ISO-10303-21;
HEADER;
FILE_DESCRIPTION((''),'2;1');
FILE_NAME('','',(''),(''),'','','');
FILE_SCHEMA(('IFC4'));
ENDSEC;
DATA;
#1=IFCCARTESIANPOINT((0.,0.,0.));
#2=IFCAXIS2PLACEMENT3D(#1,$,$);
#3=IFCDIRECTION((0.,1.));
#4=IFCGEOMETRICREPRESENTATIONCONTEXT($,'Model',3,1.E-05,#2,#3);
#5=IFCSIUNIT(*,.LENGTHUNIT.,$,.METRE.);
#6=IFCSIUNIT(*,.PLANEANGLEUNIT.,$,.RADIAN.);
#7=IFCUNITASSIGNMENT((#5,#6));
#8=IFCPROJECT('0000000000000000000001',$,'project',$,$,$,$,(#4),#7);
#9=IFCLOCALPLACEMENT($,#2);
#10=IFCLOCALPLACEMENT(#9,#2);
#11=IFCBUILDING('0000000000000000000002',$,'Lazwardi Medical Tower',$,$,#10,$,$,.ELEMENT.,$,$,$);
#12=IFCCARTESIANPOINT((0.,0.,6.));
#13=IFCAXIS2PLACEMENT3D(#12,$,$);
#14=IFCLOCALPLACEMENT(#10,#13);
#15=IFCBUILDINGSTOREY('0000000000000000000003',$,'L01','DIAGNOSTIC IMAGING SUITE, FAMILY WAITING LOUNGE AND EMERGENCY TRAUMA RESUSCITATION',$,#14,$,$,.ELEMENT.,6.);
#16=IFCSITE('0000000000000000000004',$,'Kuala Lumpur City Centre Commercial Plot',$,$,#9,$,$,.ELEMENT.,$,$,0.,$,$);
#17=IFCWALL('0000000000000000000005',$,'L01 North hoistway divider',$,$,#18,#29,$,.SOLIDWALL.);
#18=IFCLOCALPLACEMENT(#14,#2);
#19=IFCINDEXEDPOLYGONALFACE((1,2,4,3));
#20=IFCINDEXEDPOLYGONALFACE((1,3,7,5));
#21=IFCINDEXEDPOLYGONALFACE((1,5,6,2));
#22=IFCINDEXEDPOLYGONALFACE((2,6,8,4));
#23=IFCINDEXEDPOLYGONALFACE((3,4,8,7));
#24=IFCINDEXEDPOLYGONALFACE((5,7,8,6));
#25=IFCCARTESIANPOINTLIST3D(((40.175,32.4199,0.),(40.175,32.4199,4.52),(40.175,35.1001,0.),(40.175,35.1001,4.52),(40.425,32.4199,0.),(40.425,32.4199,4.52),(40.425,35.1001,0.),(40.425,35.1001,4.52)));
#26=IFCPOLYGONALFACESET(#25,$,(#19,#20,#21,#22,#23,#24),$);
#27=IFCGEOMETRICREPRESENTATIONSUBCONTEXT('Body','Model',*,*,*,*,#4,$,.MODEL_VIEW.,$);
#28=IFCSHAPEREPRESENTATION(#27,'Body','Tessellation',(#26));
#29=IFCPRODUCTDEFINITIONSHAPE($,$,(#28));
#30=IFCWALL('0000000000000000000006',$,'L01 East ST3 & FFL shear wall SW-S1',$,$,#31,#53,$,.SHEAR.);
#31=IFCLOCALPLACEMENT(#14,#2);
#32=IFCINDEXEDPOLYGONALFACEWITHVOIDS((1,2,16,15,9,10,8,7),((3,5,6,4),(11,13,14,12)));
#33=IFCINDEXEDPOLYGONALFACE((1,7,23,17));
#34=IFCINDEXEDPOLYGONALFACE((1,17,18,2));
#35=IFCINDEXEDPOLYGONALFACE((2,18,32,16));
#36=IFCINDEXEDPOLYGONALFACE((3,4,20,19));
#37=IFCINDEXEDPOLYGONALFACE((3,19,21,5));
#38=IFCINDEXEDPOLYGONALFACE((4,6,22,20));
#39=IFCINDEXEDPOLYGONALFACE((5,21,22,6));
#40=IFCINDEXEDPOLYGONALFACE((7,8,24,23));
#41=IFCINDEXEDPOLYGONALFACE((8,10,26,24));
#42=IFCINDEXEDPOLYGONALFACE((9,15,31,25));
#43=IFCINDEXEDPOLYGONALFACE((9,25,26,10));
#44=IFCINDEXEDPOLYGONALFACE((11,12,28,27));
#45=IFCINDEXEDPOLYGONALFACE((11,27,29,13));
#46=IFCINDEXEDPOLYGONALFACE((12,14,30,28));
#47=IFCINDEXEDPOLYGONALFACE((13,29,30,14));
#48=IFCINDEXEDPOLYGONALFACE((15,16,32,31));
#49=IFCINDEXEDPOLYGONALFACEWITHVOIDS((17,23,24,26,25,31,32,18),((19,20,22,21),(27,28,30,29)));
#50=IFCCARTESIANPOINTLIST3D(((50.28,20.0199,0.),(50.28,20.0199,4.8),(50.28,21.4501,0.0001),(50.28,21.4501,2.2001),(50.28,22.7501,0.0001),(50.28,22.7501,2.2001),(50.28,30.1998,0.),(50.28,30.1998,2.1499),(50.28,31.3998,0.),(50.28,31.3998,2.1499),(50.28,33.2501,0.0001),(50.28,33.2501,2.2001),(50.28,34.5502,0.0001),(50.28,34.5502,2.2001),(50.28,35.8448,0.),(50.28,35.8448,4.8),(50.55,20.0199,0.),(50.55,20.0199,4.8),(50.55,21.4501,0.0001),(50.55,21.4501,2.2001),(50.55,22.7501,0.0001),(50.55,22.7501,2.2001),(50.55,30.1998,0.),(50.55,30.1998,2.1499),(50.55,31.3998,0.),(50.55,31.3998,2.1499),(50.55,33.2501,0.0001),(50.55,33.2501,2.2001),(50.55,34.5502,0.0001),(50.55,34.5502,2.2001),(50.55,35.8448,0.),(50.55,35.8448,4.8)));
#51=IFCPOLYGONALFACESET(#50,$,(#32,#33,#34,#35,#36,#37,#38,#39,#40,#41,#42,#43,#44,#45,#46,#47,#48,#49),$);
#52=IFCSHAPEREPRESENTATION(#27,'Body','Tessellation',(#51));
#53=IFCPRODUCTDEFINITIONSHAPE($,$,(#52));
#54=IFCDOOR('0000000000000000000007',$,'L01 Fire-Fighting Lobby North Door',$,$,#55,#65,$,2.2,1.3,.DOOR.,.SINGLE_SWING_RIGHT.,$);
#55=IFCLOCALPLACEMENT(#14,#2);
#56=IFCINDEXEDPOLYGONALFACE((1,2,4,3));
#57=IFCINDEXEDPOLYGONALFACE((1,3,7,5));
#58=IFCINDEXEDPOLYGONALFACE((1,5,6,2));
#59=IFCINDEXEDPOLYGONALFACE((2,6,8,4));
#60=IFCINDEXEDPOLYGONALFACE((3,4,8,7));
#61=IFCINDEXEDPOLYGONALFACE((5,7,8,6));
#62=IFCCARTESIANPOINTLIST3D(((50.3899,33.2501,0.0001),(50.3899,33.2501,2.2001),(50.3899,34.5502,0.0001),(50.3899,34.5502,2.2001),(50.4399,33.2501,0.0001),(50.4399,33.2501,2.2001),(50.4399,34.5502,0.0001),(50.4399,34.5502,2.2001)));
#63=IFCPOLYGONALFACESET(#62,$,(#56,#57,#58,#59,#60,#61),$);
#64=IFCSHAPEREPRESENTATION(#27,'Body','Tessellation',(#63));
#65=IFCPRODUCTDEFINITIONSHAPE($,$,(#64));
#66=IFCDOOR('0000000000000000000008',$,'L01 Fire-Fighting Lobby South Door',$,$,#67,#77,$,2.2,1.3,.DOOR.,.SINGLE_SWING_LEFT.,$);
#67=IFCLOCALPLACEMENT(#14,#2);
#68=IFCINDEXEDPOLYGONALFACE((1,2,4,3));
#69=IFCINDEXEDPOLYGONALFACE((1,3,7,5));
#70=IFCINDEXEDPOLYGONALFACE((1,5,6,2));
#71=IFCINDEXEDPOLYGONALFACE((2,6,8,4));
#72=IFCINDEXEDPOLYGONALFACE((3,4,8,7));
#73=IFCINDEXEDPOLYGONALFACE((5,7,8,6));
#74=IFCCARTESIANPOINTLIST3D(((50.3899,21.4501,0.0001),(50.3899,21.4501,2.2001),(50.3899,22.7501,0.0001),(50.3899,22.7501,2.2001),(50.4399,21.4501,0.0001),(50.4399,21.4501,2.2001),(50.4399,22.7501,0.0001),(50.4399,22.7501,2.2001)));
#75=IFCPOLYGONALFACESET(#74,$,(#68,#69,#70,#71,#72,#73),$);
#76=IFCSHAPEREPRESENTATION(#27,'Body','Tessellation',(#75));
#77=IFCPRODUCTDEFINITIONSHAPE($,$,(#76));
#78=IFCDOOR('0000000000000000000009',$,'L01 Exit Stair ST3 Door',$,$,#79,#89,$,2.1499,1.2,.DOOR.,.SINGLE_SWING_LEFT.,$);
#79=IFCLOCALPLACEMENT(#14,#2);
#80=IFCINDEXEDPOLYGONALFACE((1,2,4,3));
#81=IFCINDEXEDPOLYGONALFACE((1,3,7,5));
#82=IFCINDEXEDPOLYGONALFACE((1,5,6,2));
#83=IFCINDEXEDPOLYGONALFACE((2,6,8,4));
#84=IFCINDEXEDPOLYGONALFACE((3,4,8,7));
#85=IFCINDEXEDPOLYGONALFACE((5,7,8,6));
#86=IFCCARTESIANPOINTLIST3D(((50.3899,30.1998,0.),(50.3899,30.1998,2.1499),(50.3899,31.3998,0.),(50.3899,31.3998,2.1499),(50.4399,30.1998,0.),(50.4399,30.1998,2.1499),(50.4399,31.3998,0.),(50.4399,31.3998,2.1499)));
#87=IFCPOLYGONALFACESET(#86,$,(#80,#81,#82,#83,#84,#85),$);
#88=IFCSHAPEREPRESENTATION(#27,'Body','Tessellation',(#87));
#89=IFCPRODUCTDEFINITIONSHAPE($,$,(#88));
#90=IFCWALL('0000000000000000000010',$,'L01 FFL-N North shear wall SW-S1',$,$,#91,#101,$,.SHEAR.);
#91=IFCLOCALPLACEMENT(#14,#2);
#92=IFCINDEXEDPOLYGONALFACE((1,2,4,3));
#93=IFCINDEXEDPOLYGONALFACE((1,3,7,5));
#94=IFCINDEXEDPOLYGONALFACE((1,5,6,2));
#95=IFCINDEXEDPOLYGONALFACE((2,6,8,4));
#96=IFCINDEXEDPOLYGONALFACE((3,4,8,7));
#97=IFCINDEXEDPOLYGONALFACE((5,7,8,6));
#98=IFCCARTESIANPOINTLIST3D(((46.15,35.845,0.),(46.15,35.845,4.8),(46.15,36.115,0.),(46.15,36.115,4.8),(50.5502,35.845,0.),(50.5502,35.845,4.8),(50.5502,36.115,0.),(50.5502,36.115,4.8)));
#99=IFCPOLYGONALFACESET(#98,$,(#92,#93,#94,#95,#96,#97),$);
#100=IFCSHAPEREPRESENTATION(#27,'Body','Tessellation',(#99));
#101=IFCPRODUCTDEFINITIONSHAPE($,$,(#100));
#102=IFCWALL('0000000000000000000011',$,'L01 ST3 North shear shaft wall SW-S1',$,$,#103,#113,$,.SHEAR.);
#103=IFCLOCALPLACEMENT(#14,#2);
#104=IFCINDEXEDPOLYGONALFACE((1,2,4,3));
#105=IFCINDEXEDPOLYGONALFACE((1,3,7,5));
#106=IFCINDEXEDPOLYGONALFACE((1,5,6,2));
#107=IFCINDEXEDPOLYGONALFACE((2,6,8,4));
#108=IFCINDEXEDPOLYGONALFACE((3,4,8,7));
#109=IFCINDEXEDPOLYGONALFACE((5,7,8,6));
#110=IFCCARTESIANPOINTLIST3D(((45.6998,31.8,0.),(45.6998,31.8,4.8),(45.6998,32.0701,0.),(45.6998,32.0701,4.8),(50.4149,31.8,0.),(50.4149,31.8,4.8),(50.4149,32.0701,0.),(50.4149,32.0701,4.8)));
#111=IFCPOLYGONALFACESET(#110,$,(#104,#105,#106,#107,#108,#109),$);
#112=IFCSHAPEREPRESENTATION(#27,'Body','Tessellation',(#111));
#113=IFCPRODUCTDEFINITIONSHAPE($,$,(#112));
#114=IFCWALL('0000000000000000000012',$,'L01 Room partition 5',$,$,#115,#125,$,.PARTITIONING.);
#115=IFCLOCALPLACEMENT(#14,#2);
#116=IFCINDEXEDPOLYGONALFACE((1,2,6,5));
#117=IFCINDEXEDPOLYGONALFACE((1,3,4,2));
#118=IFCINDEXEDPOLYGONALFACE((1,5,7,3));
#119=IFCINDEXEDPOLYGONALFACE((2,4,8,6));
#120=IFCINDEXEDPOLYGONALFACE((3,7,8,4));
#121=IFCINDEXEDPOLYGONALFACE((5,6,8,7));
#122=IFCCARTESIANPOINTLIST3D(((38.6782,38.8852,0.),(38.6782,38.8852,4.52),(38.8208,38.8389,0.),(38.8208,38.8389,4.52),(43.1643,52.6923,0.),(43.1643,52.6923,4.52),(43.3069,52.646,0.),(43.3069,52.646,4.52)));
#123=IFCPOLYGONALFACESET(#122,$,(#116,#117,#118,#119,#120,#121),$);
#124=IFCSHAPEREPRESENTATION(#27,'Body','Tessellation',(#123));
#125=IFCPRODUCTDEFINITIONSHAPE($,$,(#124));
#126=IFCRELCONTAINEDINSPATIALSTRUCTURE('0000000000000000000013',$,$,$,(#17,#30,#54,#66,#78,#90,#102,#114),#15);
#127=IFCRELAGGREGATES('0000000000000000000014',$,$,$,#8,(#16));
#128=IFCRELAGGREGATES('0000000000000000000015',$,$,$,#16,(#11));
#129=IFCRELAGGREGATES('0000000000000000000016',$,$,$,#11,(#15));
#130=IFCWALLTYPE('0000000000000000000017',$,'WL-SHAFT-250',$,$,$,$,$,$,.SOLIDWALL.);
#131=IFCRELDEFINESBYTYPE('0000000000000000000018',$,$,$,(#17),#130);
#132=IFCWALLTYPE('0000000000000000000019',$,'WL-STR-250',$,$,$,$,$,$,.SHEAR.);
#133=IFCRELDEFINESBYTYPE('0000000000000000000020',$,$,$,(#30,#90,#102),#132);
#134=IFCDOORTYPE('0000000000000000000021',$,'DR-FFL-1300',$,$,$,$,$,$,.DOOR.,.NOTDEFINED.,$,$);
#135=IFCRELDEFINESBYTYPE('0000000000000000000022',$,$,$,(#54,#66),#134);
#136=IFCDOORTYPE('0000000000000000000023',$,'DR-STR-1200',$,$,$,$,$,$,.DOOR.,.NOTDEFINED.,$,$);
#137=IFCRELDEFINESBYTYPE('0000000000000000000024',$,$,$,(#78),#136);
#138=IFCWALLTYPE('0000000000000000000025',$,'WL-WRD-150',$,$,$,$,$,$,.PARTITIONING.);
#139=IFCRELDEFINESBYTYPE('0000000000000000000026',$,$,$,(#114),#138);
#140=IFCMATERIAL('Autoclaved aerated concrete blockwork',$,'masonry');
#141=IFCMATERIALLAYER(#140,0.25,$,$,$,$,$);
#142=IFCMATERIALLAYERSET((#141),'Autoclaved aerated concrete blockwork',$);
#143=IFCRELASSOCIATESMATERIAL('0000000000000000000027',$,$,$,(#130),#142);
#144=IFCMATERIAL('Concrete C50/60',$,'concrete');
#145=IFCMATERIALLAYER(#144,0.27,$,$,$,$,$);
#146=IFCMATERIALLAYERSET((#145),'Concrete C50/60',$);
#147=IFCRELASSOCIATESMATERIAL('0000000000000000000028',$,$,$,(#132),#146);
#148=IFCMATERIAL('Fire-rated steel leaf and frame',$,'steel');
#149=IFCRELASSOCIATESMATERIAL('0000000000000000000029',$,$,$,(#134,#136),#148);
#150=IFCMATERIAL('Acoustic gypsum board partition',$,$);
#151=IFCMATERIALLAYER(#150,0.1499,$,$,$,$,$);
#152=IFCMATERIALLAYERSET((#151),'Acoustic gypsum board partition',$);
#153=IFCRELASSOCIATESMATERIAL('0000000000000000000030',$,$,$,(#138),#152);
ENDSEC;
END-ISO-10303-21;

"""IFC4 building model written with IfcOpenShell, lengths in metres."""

from ifc_helpers import new_model, si_unit, direction, frame, frame_2d, origin, place, context, subcontext, project, spatial, rectangle, extrude, material, layer, layer_set, type_object, element, fill, save


model = new_model("IFC4")

# Units and contexts
model_context = context("Model", 3, precision=1e-05, world=origin(), true_north=direction((0.0, 1.0)))
body_context = subcontext(model_context, "Body", "Model", "MODEL_VIEW")
ifc_project = project(units=[si_unit("LENGTHUNIT", "METRE"), si_unit("PLANEANGLEUNIT", "RADIAN")], contexts=[model_context])

# Site, building, storey
site_placement = place(None, origin())
site = spatial("IfcSite", under=ifc_project, at=site_placement, Name="Kuala Lumpur City Centre Commercial Plot", CompositionType="ELEMENT", RefElevation=0.0)
building_placement = place(site_placement, origin())
building = spatial("IfcBuilding", under=site, at=building_placement, Name="Lazwardi Medical Tower", CompositionType="ELEMENT")
storey_placement = place(building_placement, frame((0.0, 0.0, 6.0)))
storey = spatial("IfcBuildingStorey", under=building, at=storey_placement, Name="L01", Description="DIAGNOSTIC IMAGING SUITE, FAMILY WAITING LOUNGE AND EMERGENCY TRAUMA RESUSCITATION", CompositionType="ELEMENT", Elevation=6.0)

# Wall
ifc_material_1 = material(Name="Autoclaved aerated concrete blockwork", Category="masonry")
ifc_layer_1 = layer(ifc_material_1, 0.25)
ifc_layer_set_1 = layer_set([ifc_layer_1], Name="Autoclaved aerated concrete blockwork")
wall_type_1 = type_object("IfcWallType", Name="WL-SHAFT-250", PredefinedType="SOLIDWALL", material=ifc_layer_set_1)
for number, where, z_axis, x_axis, name in (
    (1, (40.3, 32.4199, 0.0), (0.0, 0.0, 1.0), (0.0, 1.0, 0.0), "L01 North hoistway divider"),
):
    element("IfcWall", number, at=place(storey_placement, frame(where, z_axis=z_axis, x_axis=x_axis)), inside=storey, type_object=wall_type_1, Name=name, PredefinedType="SOLIDWALL", context=body_context, shape_type="SweptSolid", body=[
        extrude(rectangle(XDim=2.6802, YDim=0.25, at=frame_2d((1.3401, 0.0))), origin(), (0.0, 0.0, 1.0), 4.52),
    ])

# Wall, openings, doors
ifc_material_2 = material(Name="Concrete C50/60", Category="concrete")
ifc_layer_2 = layer(ifc_material_2, 0.27)
ifc_layer_set_2 = layer_set([ifc_layer_2], Name="Concrete C50/60")
wall_type_2 = type_object("IfcWallType", Name="WL-STR-250", PredefinedType="SHEAR", material=ifc_layer_set_2)
wall_1_placement = place(storey_placement, frame((50.415, 35.845, 0.0), z_axis=(0.0, 0.0, 1.0), x_axis=(0.0, -1.0, 0.0)))
wall_1 = element("IfcWall", 2, at=wall_1_placement, inside=storey, type_object=wall_type_2, Name="L01 East ST3 & FFL shear wall SW-S1", PredefinedType="SHEAR", context=body_context, shape_type="SweptSolid", body=[
    extrude(rectangle(XDim=15.825, YDim=0.27, at=frame_2d((7.9126, 0.0))), origin(), (0.0, 0.0, 1.0), 4.8),
])
opening_1_placement = place(wall_1_placement, frame((4.4451, 0.0, 0.0)))
opening_1 = element("IfcOpeningElement", 3, at=opening_1_placement, cuts=wall_1, PredefinedType="OPENING", context=body_context, shape_type="SweptSolid", body=[
    extrude(rectangle(XDim=1.2, YDim=2.1499, at=frame_2d((0.6001, 1.075))), frame((0.0, 0.145, 0.0), z_axis=(0.0, -1.0, 0.0), x_axis=(1.0, 0.0, 0.0)), (0.0, 0.0, 1.0), 0.29),
])
opening_2_placement = place(wall_1_placement, frame((1.2949, 0.0, 0.0)))
opening_2 = element("IfcOpeningElement", 4, at=opening_2_placement, cuts=wall_1, PredefinedType="OPENING", context=body_context, shape_type="SweptSolid", body=[
    extrude(rectangle(XDim=1.3, YDim=2.2, at=frame_2d((0.6499, 1.1001))), frame((0.0, 0.145, 0.0), z_axis=(0.0, -1.0, 0.0), x_axis=(1.0, 0.0, 0.0)), (0.0, 0.0, 1.0), 0.29),
])
opening_3_placement = place(wall_1_placement, frame((13.095, 0.0, 0.0)))
opening_3 = element("IfcOpeningElement", 5, at=opening_3_placement, cuts=wall_1, PredefinedType="OPENING", context=body_context, shape_type="SweptSolid", body=[
    extrude(rectangle(XDim=1.3, YDim=2.2, at=frame_2d((0.6499, 1.1001))), frame((0.0, 0.145, 0.0), z_axis=(0.0, -1.0, 0.0), x_axis=(1.0, 0.0, 0.0)), (0.0, 0.0, 1.0), 0.29),
])
ifc_material_3 = material(Name="Fire-rated steel leaf and frame", Category="steel")
door_type_1 = type_object("IfcDoorType", Name="DR-FFL-1300", OperationType="NOTDEFINED", PredefinedType="DOOR", material=ifc_material_3)
door_1_placement = place(opening_2_placement, origin())
door_1 = element("IfcDoor", 6, at=door_1_placement, inside=storey, type_object=door_type_1, Name="L01 Fire-Fighting Lobby North Door", OperationType="SINGLE_SWING_RIGHT", OverallHeight=2.2, OverallWidth=1.3, PredefinedType="DOOR", context=body_context, shape_type="SweptSolid", body=[
    extrude(rectangle(XDim=1.3, YDim=2.2, at=frame_2d((0.6499, 1.1001))), frame((0.0, 0.0249, 0.0), z_axis=(0.0, -1.0, 0.0), x_axis=(1.0, 0.0, 0.0)), (0.0, 0.0, 1.0), 0.05),
])
fill(opening_2, door_1)
door_2_placement = place(opening_3_placement, origin())
door_2 = element("IfcDoor", 7, at=door_2_placement, inside=storey, type_object=door_type_1, Name="L01 Fire-Fighting Lobby South Door", OperationType="SINGLE_SWING_LEFT", OverallHeight=2.2, OverallWidth=1.3, PredefinedType="DOOR", context=body_context, shape_type="SweptSolid", body=[
    extrude(rectangle(XDim=1.3, YDim=2.2, at=frame_2d((0.6499, 1.1001))), frame((0.0, 0.0249, 0.0), z_axis=(0.0, -1.0, 0.0), x_axis=(1.0, 0.0, 0.0)), (0.0, 0.0, 1.0), 0.05),
])
fill(opening_3, door_2)
door_type_2 = type_object("IfcDoorType", Name="DR-STR-1200", OperationType="NOTDEFINED", PredefinedType="DOOR", material=ifc_material_3)
door_3_placement = place(opening_1_placement, origin())
door_3 = element("IfcDoor", 8, at=door_3_placement, inside=storey, type_object=door_type_2, Name="L01 Exit Stair ST3 Door", OperationType="SINGLE_SWING_LEFT", OverallHeight=2.1499, OverallWidth=1.2, PredefinedType="DOOR", context=body_context, shape_type="SweptSolid", body=[
    extrude(rectangle(XDim=1.2, YDim=2.1499, at=frame_2d((0.6001, 1.075))), frame((0.0, 0.0249, 0.0), z_axis=(0.0, -1.0, 0.0), x_axis=(1.0, 0.0, 0.0)), (0.0, 0.0, 1.0), 0.05),
])
fill(opening_1, door_3)

# Walls
wall_2_placement = place(storey_placement, frame((46.1499, 35.98, 0.0), z_axis=(0.0, 0.0, 1.0), x_axis=(1.0, 0.0, 0.0)))
element("IfcWall", 9, at=wall_2_placement, inside=storey, type_object=wall_type_2, Name="L01 FFL-N North shear wall SW-S1", PredefinedType="SHEAR", context=body_context, shape_type="SweptSolid", body=[
    extrude(rectangle(XDim=4.4001, YDim=0.27, at=frame_2d((2.2002, 0.0))), origin(), (0.0, 0.0, 1.0), 4.8),
])
wall_3_placement = place(storey_placement, frame((45.7, 31.9351, 0.0), z_axis=(0.0, 0.0, 1.0), x_axis=(1.0, 0.0, 0.0)))
element("IfcWall", 10, at=wall_3_placement, inside=storey, type_object=wall_type_2, Name="L01 ST3 North shear shaft wall SW-S1", PredefinedType="SHEAR", context=body_context, shape_type="SweptSolid", body=[
    extrude(rectangle(XDim=4.7151, YDim=0.27, at=frame_2d((2.3574, 0.0))), origin(), (0.0, 0.0, 1.0), 4.8),
])
ifc_material_4 = material(Name="Acoustic gypsum board partition")
ifc_layer_3 = layer(ifc_material_4, 0.1499)
ifc_layer_set_3 = layer_set([ifc_layer_3], Name="Acoustic gypsum board partition")
wall_type_3 = type_object("IfcWallType", Name="WL-WRD-150", PredefinedType="PARTITIONING", material=ifc_layer_set_3)
wall_4_placement = place(storey_placement, frame((38.7495, 38.8621, 0.0), z_axis=(0.0, 0.0, 1.0), x_axis=(0.309009, 0.951059, 0.0)))
element("IfcWall", 11, at=wall_4_placement, inside=storey, type_object=wall_type_3, Name="L01 Room partition 5", PredefinedType="PARTITIONING", context=body_context, shape_type="SweptSolid", body=[
    extrude(rectangle(XDim=14.5176, YDim=0.1499, at=frame_2d((7.2588, 0.0))), origin(), (0.0, 0.0, 1.0), 4.52),
])

save(model, "model.ifc")
